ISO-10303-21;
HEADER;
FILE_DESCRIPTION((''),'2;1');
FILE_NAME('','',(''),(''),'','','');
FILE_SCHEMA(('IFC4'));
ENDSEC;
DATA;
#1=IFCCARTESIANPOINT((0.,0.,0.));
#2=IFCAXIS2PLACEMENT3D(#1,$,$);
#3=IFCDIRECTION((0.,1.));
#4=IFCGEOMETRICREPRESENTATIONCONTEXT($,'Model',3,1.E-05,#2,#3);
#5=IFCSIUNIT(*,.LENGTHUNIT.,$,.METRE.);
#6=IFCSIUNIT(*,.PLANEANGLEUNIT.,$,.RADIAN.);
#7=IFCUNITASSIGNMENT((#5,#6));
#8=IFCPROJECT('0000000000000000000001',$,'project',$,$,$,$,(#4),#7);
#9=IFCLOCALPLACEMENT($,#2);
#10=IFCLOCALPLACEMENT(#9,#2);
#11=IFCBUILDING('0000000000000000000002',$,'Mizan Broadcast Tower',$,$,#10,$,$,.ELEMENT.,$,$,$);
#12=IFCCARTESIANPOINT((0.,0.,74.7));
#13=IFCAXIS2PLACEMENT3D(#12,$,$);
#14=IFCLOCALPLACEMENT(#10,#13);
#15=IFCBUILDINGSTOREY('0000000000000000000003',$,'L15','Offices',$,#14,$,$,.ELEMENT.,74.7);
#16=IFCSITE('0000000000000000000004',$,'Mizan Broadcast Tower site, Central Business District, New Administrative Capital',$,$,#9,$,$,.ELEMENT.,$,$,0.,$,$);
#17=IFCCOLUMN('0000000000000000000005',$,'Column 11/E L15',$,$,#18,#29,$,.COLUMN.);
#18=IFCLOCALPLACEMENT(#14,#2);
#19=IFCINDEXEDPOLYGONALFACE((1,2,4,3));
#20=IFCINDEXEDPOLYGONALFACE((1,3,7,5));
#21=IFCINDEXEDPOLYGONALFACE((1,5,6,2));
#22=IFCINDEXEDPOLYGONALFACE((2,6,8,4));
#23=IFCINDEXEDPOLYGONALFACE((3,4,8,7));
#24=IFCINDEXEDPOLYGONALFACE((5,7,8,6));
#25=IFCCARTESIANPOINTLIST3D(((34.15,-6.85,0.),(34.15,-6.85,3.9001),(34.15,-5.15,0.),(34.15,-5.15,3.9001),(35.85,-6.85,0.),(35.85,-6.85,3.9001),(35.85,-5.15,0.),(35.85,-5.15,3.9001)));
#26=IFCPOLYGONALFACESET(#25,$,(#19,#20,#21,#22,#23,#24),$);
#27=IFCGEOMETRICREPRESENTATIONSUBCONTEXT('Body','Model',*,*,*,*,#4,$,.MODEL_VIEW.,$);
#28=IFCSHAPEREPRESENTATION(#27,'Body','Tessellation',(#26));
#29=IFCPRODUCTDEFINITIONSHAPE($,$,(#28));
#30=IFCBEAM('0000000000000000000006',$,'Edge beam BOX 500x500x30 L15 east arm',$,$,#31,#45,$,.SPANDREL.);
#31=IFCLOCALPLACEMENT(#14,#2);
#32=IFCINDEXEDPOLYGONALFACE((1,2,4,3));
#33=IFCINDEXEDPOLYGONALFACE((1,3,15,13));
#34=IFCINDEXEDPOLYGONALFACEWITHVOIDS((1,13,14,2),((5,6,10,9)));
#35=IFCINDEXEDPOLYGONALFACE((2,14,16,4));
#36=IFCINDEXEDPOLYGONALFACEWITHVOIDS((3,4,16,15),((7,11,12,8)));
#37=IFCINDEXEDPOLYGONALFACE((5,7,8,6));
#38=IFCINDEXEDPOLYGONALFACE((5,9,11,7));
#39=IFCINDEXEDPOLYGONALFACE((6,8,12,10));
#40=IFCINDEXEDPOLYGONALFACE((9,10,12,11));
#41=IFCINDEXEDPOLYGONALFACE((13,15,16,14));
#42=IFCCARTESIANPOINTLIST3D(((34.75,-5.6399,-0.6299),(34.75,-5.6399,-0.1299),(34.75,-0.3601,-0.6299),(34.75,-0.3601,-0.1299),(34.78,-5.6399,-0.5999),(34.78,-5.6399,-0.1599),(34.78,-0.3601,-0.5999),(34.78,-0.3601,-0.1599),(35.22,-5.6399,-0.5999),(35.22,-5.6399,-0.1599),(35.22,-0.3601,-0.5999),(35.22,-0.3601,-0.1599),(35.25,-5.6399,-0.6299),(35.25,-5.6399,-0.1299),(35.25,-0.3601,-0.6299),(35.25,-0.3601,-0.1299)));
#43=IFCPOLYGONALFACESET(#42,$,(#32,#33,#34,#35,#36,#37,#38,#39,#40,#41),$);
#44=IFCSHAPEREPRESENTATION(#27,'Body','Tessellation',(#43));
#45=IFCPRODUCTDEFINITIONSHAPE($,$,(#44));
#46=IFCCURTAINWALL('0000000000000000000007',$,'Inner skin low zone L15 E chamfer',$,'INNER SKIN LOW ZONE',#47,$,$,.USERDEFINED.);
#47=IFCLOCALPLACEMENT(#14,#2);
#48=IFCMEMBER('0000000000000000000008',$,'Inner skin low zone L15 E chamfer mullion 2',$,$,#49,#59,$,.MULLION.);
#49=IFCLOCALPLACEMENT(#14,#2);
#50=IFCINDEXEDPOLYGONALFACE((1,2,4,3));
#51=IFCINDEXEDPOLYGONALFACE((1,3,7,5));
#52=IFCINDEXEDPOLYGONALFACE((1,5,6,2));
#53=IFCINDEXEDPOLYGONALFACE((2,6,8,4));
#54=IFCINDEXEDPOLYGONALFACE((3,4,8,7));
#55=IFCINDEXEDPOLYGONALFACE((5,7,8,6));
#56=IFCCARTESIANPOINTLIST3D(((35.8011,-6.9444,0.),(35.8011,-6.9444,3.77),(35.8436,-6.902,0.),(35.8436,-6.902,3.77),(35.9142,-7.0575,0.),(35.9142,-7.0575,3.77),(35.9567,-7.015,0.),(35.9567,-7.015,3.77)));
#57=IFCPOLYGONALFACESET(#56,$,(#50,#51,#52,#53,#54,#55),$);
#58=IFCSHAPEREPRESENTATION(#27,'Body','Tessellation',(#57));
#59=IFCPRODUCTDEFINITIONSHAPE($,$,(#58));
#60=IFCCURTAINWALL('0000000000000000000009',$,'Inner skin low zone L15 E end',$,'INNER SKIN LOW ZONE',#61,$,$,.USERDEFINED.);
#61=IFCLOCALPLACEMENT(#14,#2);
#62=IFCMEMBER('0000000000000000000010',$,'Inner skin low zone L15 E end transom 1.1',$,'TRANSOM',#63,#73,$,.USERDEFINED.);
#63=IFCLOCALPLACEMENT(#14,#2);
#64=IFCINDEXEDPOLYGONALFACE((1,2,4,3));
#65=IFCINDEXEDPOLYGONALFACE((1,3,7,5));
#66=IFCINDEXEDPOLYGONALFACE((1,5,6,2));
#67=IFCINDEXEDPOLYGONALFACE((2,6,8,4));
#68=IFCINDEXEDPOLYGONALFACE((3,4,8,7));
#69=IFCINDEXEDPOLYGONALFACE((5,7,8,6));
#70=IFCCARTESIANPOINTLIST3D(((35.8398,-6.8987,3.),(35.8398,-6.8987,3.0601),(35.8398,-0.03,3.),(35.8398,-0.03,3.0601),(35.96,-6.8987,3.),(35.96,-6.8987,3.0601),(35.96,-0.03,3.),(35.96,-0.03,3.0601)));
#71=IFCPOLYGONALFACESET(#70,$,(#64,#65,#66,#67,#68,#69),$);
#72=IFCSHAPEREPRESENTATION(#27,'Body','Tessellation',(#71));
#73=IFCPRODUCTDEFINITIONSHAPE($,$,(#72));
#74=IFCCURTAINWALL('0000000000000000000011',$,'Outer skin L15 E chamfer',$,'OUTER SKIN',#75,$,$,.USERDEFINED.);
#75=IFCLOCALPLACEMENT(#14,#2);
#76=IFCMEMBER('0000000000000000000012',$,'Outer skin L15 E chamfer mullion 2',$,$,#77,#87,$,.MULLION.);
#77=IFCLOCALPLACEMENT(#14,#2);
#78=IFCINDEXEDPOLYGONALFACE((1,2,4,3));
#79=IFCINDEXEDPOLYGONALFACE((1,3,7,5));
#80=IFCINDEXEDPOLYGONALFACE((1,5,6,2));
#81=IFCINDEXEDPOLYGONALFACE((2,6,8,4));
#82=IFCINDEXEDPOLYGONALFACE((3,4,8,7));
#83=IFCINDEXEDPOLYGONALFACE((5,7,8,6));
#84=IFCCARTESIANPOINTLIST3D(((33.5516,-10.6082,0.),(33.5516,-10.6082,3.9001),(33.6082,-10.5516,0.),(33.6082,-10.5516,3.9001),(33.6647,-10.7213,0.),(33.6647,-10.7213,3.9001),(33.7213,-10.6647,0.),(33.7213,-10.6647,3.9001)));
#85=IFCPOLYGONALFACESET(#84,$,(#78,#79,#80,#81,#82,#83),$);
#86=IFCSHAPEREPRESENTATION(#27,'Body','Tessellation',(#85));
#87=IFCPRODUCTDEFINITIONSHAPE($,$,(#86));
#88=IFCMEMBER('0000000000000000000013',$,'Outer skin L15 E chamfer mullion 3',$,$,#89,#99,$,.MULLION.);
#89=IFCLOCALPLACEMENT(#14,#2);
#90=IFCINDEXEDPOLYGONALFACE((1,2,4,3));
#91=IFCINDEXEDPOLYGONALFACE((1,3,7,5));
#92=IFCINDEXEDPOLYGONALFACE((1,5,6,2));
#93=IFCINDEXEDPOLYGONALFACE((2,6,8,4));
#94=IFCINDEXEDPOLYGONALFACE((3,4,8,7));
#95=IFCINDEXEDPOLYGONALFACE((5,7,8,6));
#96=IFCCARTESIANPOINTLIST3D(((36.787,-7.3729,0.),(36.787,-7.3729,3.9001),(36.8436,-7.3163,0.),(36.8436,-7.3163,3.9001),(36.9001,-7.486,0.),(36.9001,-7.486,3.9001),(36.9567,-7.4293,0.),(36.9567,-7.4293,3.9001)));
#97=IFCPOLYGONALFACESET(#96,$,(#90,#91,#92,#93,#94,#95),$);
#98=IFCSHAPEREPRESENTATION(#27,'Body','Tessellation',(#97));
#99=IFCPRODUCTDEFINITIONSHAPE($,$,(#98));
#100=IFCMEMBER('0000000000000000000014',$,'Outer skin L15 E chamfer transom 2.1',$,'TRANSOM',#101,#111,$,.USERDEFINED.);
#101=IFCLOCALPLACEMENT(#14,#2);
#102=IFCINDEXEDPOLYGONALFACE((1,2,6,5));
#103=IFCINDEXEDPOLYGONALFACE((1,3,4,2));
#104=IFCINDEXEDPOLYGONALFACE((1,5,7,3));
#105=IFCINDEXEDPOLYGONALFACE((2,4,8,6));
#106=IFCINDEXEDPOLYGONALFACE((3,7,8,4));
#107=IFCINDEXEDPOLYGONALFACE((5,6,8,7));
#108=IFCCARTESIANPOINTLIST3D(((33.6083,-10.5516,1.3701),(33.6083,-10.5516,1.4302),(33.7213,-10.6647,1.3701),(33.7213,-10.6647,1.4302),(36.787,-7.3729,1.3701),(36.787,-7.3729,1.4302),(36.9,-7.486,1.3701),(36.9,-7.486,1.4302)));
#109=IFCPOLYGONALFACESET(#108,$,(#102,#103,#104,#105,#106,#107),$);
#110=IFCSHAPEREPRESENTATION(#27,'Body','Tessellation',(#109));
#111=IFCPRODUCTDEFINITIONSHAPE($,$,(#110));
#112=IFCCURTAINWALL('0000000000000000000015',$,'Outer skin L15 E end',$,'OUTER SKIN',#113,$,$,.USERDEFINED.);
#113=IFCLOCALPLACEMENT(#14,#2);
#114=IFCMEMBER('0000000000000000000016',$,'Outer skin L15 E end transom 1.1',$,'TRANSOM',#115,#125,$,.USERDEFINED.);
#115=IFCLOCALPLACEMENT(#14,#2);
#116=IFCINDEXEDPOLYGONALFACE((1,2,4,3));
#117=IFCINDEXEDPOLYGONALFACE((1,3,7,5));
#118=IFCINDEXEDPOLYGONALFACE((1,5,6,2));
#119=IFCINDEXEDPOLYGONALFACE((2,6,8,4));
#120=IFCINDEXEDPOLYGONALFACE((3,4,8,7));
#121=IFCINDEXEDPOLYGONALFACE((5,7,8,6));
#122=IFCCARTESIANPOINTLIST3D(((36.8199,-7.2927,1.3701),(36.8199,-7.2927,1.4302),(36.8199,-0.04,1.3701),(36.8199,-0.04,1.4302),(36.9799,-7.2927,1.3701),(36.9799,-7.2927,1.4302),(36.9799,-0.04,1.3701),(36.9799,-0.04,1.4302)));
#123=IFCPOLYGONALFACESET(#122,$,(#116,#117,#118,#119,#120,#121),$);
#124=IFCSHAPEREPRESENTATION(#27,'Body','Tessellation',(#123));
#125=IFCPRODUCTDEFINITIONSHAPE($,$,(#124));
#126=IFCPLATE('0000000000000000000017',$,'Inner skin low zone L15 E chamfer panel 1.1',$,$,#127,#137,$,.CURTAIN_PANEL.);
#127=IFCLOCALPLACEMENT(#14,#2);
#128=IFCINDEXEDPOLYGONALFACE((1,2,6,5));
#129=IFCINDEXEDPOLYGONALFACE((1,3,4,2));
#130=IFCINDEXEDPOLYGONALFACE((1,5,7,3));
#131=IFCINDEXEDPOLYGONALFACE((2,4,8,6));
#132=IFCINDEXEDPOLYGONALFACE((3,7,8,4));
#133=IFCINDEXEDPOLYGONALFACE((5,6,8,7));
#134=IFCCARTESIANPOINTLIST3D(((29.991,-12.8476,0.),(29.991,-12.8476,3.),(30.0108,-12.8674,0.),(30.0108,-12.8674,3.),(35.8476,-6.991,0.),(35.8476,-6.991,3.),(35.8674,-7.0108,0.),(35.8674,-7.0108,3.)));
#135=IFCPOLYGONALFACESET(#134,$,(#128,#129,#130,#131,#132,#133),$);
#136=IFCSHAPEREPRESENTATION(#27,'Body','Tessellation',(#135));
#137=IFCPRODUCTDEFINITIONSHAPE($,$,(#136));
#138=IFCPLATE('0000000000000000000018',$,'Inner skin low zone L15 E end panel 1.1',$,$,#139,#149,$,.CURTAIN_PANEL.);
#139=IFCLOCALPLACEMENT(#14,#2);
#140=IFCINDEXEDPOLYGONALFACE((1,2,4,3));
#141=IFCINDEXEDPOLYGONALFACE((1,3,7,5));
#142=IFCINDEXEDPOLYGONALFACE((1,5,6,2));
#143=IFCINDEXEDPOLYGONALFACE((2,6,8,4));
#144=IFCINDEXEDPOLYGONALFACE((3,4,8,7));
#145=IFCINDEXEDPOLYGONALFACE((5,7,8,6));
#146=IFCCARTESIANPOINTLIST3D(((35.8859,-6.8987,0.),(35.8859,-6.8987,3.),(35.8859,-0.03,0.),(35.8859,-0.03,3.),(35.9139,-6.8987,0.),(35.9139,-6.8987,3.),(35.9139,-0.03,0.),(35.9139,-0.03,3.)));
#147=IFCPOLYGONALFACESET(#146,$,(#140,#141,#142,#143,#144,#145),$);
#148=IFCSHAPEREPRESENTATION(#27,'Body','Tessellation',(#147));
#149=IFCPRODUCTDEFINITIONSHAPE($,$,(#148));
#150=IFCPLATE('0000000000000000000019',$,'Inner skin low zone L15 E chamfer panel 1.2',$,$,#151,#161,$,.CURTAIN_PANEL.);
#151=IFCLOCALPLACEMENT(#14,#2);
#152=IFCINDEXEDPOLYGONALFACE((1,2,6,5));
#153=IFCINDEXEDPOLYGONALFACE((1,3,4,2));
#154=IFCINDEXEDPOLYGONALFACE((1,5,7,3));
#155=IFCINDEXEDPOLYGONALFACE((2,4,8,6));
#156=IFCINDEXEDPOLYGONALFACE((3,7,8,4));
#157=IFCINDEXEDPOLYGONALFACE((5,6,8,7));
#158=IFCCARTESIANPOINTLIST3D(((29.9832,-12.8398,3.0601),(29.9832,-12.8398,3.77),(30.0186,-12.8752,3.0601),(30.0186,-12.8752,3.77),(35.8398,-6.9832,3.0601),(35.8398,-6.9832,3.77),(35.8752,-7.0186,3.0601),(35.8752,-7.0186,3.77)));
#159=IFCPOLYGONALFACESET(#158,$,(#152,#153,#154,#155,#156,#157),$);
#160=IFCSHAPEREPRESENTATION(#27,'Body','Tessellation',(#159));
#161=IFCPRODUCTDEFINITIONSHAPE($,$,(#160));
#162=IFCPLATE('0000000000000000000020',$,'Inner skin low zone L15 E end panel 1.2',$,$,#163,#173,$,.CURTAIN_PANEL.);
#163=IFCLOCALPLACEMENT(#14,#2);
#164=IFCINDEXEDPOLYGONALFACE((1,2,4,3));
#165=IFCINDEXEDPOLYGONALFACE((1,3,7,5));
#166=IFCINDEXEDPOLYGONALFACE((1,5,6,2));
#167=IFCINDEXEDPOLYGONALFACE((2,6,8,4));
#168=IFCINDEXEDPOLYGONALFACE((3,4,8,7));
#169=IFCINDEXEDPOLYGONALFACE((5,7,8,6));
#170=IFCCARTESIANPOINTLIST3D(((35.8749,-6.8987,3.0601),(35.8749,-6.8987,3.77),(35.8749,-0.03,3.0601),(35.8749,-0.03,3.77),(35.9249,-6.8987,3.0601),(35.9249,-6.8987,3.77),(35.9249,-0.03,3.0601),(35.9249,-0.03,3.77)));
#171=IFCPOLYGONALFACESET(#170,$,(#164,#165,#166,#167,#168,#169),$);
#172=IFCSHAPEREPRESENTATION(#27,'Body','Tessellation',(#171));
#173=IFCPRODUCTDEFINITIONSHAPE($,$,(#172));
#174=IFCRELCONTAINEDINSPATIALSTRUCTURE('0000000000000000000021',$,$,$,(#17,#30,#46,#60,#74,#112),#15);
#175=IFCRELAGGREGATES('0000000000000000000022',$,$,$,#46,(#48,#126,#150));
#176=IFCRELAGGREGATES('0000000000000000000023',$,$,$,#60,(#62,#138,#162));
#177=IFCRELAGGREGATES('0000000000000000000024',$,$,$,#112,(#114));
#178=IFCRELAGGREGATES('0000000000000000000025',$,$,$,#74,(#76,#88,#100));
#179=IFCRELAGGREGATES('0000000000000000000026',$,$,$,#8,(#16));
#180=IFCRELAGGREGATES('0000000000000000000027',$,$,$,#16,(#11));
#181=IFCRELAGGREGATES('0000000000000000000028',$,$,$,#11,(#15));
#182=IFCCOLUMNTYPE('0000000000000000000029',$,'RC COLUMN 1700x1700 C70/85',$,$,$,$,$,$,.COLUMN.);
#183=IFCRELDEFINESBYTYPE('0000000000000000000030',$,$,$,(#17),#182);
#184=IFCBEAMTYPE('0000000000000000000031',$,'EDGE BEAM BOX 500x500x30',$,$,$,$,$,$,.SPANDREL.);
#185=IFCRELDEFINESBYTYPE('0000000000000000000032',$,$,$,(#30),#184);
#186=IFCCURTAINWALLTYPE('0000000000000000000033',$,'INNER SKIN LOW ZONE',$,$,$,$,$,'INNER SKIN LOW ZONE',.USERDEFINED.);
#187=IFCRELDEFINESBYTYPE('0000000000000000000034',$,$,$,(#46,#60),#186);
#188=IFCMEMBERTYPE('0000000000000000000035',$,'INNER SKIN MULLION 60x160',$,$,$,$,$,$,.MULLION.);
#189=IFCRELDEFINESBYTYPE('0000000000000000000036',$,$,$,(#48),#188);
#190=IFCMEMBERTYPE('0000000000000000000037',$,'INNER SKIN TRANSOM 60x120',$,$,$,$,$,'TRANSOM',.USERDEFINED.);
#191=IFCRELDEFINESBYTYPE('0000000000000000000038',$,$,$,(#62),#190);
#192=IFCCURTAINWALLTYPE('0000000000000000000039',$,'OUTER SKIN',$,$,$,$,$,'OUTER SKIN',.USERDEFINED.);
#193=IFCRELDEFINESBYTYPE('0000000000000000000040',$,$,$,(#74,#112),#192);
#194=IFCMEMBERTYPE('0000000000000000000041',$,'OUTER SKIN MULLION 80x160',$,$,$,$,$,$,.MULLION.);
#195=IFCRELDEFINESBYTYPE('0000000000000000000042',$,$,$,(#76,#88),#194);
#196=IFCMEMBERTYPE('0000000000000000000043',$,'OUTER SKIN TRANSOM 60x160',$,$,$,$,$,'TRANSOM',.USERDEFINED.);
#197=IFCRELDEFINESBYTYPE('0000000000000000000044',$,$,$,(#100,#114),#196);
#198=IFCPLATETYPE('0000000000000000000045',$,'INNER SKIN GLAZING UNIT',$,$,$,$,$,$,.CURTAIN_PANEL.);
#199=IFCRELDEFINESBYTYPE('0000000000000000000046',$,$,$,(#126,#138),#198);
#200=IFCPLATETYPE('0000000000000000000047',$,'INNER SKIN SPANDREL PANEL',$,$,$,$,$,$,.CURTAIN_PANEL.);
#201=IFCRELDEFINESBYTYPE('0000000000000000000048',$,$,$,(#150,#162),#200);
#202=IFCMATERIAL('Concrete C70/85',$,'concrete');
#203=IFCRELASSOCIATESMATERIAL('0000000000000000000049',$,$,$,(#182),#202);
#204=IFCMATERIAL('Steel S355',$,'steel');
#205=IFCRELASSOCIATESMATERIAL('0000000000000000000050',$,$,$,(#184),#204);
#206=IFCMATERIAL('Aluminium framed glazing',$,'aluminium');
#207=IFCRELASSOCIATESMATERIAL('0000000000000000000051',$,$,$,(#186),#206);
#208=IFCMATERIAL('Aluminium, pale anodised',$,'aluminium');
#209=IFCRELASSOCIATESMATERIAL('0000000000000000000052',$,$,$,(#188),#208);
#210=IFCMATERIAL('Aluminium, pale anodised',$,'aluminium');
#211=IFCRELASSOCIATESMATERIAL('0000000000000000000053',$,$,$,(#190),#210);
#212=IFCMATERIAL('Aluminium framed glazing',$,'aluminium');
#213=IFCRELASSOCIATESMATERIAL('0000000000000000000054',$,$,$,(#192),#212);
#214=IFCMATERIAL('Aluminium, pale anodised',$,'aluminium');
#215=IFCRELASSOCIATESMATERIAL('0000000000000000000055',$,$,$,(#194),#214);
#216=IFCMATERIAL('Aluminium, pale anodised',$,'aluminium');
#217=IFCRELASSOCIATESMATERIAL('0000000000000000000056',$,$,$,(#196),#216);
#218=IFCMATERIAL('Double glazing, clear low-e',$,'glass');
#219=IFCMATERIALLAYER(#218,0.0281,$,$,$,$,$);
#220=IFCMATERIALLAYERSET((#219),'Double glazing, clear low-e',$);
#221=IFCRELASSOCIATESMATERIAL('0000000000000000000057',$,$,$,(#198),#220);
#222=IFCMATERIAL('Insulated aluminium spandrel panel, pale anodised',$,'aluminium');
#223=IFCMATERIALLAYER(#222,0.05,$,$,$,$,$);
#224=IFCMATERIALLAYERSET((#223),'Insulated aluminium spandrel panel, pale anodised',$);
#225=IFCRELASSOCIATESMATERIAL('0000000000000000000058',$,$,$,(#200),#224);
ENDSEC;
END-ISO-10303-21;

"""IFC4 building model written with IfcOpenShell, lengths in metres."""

from ifc_helpers import new_model, si_unit, direction, frame, origin, origin_2d, place, context, subcontext, project, spatial, rectangle, hollow_rectangle, extrude, material, layer, layer_set, material_profile, profile_set, type_object, element, aggregate, save


model = new_model("IFC4")

# Units and contexts
model_context = context("Model", 3, precision=1e-05, world=origin(), true_north=direction((0.0, 1.0)))
body_context = subcontext(model_context, "Body", "Model", "MODEL_VIEW")
ifc_project = project(units=[si_unit("LENGTHUNIT", "METRE"), si_unit("PLANEANGLEUNIT", "RADIAN")], contexts=[model_context])

# Site, building, storey
site_placement = place(None, origin())
site = spatial("IfcSite", under=ifc_project, at=site_placement, Name="Mizan Broadcast Tower site, Central Business District, New Administrative Capital", CompositionType="ELEMENT", RefElevation=0.0)
building_placement = place(site_placement, origin())
building = spatial("IfcBuilding", under=site, at=building_placement, Name="Mizan Broadcast Tower", CompositionType="ELEMENT")
storey_placement = place(building_placement, frame((0.0, 0.0, 74.7)))
storey = spatial("IfcBuildingStorey", under=building, at=storey_placement, Name="L15", Description="Offices", CompositionType="ELEMENT", Elevation=74.7)

# Column
ifc_material_1 = material(Name="Concrete C70/85", Category="concrete")
ifc_material_profile_1 = material_profile(ifc_material_1, rectangle(XDim=1.7, YDim=1.7, at=origin_2d()), Name="RC 1700x1700")
ifc_profile_set_1 = profile_set([ifc_material_profile_1], Name="Concrete C70/85")
column_type = type_object("IfcColumnType", Name="RC COLUMN 1700x1700 C70/85", PredefinedType="COLUMN", material=ifc_profile_set_1)
column_placement = place(storey_placement, frame((35.0, -6.0, 0.0), z_axis=(0.0, 0.0, 1.0), x_axis=(1.0, 0.0, 0.0)))
element("IfcColumn", 1, at=column_placement, inside=storey, type_object=column_type, Name="Column 11/E L15", PredefinedType="COLUMN", context=body_context, shape_type="SweptSolid", body=[
    extrude(rectangle(XDim=1.7, YDim=1.7, at=origin_2d()), origin(), (0.0, 0.0, 1.0), 3.9001),
])

# Beam
ifc_material_2 = material(Name="Steel S355", Category="steel")
ifc_material_profile_2 = material_profile(ifc_material_2, hollow_rectangle(XDim=0.5, YDim=0.5, WallThickness=0.03, at=origin_2d()), Name="BOX 500x500x30")
ifc_profile_set_2 = profile_set([ifc_material_profile_2], Name="Steel S355")
beam_type = type_object("IfcBeamType", Name="EDGE BEAM BOX 500x500x30", PredefinedType="SPANDREL", material=ifc_profile_set_2)
beam_placement = place(storey_placement, frame((35.0, -5.6399, -0.3799), z_axis=(0.0, 1.0, 0.0), x_axis=(-1.0, 0.0, 0.0)))
element("IfcBeam", 2, at=beam_placement, inside=storey, type_object=beam_type, Name="Edge beam BOX 500x500x30 L15 east arm", PredefinedType="SPANDREL", context=body_context, shape_type="SweptSolid", body=[
    extrude(hollow_rectangle(XDim=0.5, YDim=0.5, WallThickness=0.03, at=origin_2d()), origin(), (0.0, 0.0, 1.0), 5.2798),
])

# Curtain walls, members
ifc_material_3 = material(Name="Aluminium framed glazing", Category="aluminium")
curtain_wall_type_1 = type_object("IfcCurtainWallType", Name="INNER SKIN LOW ZONE", ElementType="INNER SKIN LOW ZONE", PredefinedType="USERDEFINED", material=ifc_material_3)
curtain_wall_1_placement = place(storey_placement, origin())
curtain_wall_1 = element("IfcCurtainWall", 3, at=curtain_wall_1_placement, inside=storey, type_object=curtain_wall_type_1, Name="Inner skin low zone L15 E chamfer", ObjectType="INNER SKIN LOW ZONE", PredefinedType="USERDEFINED")
ifc_material_4 = material(Name="Aluminium, pale anodised", Category="aluminium")
ifc_material_profile_3 = material_profile(ifc_material_4, rectangle(XDim=0.1599, YDim=0.0601, at=origin_2d()), Name="MULLION 160x60")
ifc_profile_set_3 = profile_set([ifc_material_profile_3], Name="Aluminium, pale anodised")
member_type_1 = type_object("IfcMemberType", Name="INNER SKIN MULLION 60x160", PredefinedType="MULLION", material=ifc_profile_set_3)
member_1_placement = place(storey_placement, frame((35.8789, -6.9797, 0.0), z_axis=(0.0, 0.0, 1.0), x_axis=(-0.707107, 0.707107, 0.0)))
member_1 = element("IfcMember", 4, at=member_1_placement, type_object=member_type_1, Name="Inner skin low zone L15 E chamfer mullion 2", PredefinedType="MULLION", context=body_context, shape_type="SweptSolid", body=[
    extrude(rectangle(XDim=0.1599, YDim=0.0601, at=origin_2d()), origin(), (0.0, 0.0, 1.0), 3.77),
])
curtain_wall_2_placement = place(storey_placement, origin())
curtain_wall_2 = element("IfcCurtainWall", 5, at=curtain_wall_2_placement, inside=storey, type_object=curtain_wall_type_1, Name="Inner skin low zone L15 E end", ObjectType="INNER SKIN LOW ZONE", PredefinedType="USERDEFINED")
ifc_material_5 = material(Name="Aluminium, pale anodised", Category="aluminium")
ifc_material_profile_4 = material_profile(ifc_material_5, rectangle(XDim=0.1201, YDim=0.0601, at=origin_2d()), Name="TRANSOM 120x60")
ifc_profile_set_4 = profile_set([ifc_material_profile_4], Name="Aluminium, pale anodised")
member_type_2 = type_object("IfcMemberType", Name="INNER SKIN TRANSOM 60x120", ElementType="TRANSOM", PredefinedType="USERDEFINED", material=ifc_profile_set_4)
member_2_placement = place(storey_placement, frame((35.8999, -6.8987, 3.03), z_axis=(0.0, 1.0, 0.0), x_axis=(-1.0, 0.0, 0.0)))
member_2 = element("IfcMember", 6, at=member_2_placement, type_object=member_type_2, Name="Inner skin low zone L15 E end transom 1.1", ObjectType="TRANSOM", PredefinedType="USERDEFINED", context=body_context, shape_type="SweptSolid", body=[
    extrude(rectangle(XDim=0.1201, YDim=0.0601, at=origin_2d()), origin(), (0.0, 0.0, 1.0), 6.8687),
])

# Curtain wall, members
ifc_material_6 = material(Name="Aluminium framed glazing", Category="aluminium")
curtain_wall_type_2 = type_object("IfcCurtainWallType", Name="OUTER SKIN", ElementType="OUTER SKIN", PredefinedType="USERDEFINED", material=ifc_material_6)
curtain_wall_3_placement = place(storey_placement, origin())
curtain_wall_3 = element("IfcCurtainWall", 7, at=curtain_wall_3_placement, inside=storey, type_object=curtain_wall_type_2, Name="Outer skin L15 E chamfer", ObjectType="OUTER SKIN", PredefinedType="USERDEFINED")
ifc_material_7 = material(Name="Aluminium, pale anodised", Category="aluminium")
ifc_material_profile_5 = material_profile(ifc_material_7, rectangle(XDim=0.1599, YDim=0.0801, at=origin_2d()), Name="MULLION 160x80")
ifc_profile_set_5 = profile_set([ifc_material_profile_5], Name="Aluminium, pale anodised")
member_type_3 = type_object("IfcMemberType", Name="OUTER SKIN MULLION 80x160", PredefinedType="MULLION", material=ifc_profile_set_5)
member_3_placement = place(storey_placement, frame((33.6365, -10.6365, 0.0), z_axis=(0.0, 0.0, 1.0), x_axis=(-0.707107, 0.707107, 0.0)))
member_3 = element("IfcMember", 8, at=member_3_placement, type_object=member_type_3, Name="Outer skin L15 E chamfer mullion 2", PredefinedType="MULLION", context=body_context, shape_type="SweptSolid", body=[
    extrude(rectangle(XDim=0.1599, YDim=0.0801, at=origin_2d()), origin(), (0.0, 0.0, 1.0), 3.9001),
])
member_4_placement = place(storey_placement, frame((36.8718, -7.4011, 0.0), z_axis=(0.0, 0.0, 1.0), x_axis=(-0.707107, 0.707107, 0.0)))
member_4 = element("IfcMember", 9, at=member_4_placement, type_object=member_type_3, Name="Outer skin L15 E chamfer mullion 3", PredefinedType="MULLION", context=body_context, shape_type="SweptSolid", body=[
    extrude(rectangle(XDim=0.1599, YDim=0.0801, at=origin_2d()), origin(), (0.0, 0.0, 1.0), 3.9001),
])
ifc_material_8 = material(Name="Aluminium, pale anodised", Category="aluminium")
ifc_material_profile_6 = material_profile(ifc_material_8, rectangle(XDim=0.1599, YDim=0.0601, at=origin_2d()), Name="TRANSOM 160x60")
ifc_profile_set_6 = profile_set([ifc_material_profile_6], Name="Aluminium, pale anodised")
member_type_4 = type_object("IfcMemberType", Name="OUTER SKIN TRANSOM 60x160", ElementType="TRANSOM", PredefinedType="USERDEFINED", material=ifc_profile_set_6)
member_5_placement = place(storey_placement, frame((33.6648, -10.6082, 1.4001), z_axis=(0.707107, 0.707107, 0.0), x_axis=(-0.707107, 0.707107, 0.0)))
member_5 = element("IfcMember", 10, at=member_5_placement, type_object=member_type_4, Name="Outer skin L15 E chamfer transom 2.1", ObjectType="TRANSOM", PredefinedType="USERDEFINED", context=body_context, shape_type="SweptSolid", body=[
    extrude(rectangle(XDim=0.1599, YDim=0.0601, at=origin_2d()), origin(), (0.0, 0.0, 1.0), 4.4954),
])

# Curtain wall, member
curtain_wall_4_placement = place(storey_placement, origin())
curtain_wall_4 = element("IfcCurtainWall", 11, at=curtain_wall_4_placement, inside=storey, type_object=curtain_wall_type_2, Name="Outer skin L15 E end", ObjectType="OUTER SKIN", PredefinedType="USERDEFINED")
member_6_placement = place(storey_placement, frame((36.8999, -7.2927, 1.4001), z_axis=(0.0, 1.0, 0.0), x_axis=(-1.0, 0.0, 0.0)))
member_6 = element("IfcMember", 12, at=member_6_placement, type_object=member_type_4, Name="Outer skin L15 E end transom 1.1", ObjectType="TRANSOM", PredefinedType="USERDEFINED", context=body_context, shape_type="SweptSolid", body=[
    extrude(rectangle(XDim=0.1599, YDim=0.0601, at=origin_2d()), origin(), (0.0, 0.0, 1.0), 7.2527),
])

# Plates
ifc_material_9 = material(Name="Double glazing, clear low-e", Category="glass")
ifc_layer_1 = layer(ifc_material_9, 0.0281)
ifc_layer_set_1 = layer_set([ifc_layer_1], Name="Double glazing, clear low-e")
plate_type_1 = type_object("IfcPlateType", Name="INNER SKIN GLAZING UNIT", PredefinedType="CURTAIN_PANEL", material=ifc_layer_set_1)
plate_1_placement = place(storey_placement, frame((32.9292, -9.9292, 0.0), z_axis=(0.0, 0.0, 1.0), x_axis=(0.707107, 0.707107, 0.0)))
plate_1 = element("IfcPlate", 13, at=plate_1_placement, type_object=plate_type_1, Name="Inner skin low zone L15 E chamfer panel 1.1", PredefinedType="CURTAIN_PANEL", context=body_context, shape_type="SweptSolid", body=[
    extrude(rectangle(XDim=8.2825, YDim=0.0281, at=origin_2d()), origin(), (0.0, 0.0, 1.0), 3.0),
])
plate_2_placement = place(storey_placement, frame((35.8999, -3.4644, 0.0), z_axis=(0.0, 0.0, 1.0), x_axis=(0.0, 1.0, 0.0)))
plate_2 = element("IfcPlate", 14, at=plate_2_placement, type_object=plate_type_1, Name="Inner skin low zone L15 E end panel 1.1", PredefinedType="CURTAIN_PANEL", context=body_context, shape_type="SweptSolid", body=[
    extrude(rectangle(XDim=6.8687, YDim=0.0281, at=origin_2d()), origin(), (0.0, 0.0, 1.0), 3.0),
])
ifc_material_10 = material(Name="Insulated aluminium spandrel panel, pale anodised", Category="aluminium")
ifc_layer_2 = layer(ifc_material_10, 0.05)
ifc_layer_set_2 = layer_set([ifc_layer_2], Name="Insulated aluminium spandrel panel, pale anodised")
plate_type_2 = type_object("IfcPlateType", Name="INNER SKIN SPANDREL PANEL", PredefinedType="CURTAIN_PANEL", material=ifc_layer_set_2)
plate_3_placement = place(storey_placement, frame((32.9292, -9.9292, 3.0601), z_axis=(0.0, 0.0, 1.0), x_axis=(0.707107, 0.707107, 0.0)))
plate_3 = element("IfcPlate", 15, at=plate_3_placement, type_object=plate_type_2, Name="Inner skin low zone L15 E chamfer panel 1.2", PredefinedType="CURTAIN_PANEL", context=body_context, shape_type="SweptSolid", body=[
    extrude(rectangle(XDim=8.2825, YDim=0.05, at=origin_2d()), origin(), (0.0, 0.0, 1.0), 0.71),
])
aggregate(curtain_wall_1, [member_1, plate_1, plate_3])
plate_4_placement = place(storey_placement, frame((35.8999, -3.4644, 3.0601), z_axis=(0.0, 0.0, 1.0), x_axis=(0.0, 1.0, 0.0)))
plate_4 = element("IfcPlate", 16, at=plate_4_placement, type_object=plate_type_2, Name="Inner skin low zone L15 E end panel 1.2", PredefinedType="CURTAIN_PANEL", context=body_context, shape_type="SweptSolid", body=[
    extrude(rectangle(XDim=6.8687, YDim=0.05, at=origin_2d()), origin(), (0.0, 0.0, 1.0), 0.71),
])
aggregate(curtain_wall_2, [member_2, plate_2, plate_4])
aggregate(curtain_wall_4, [member_6])
aggregate(curtain_wall_3, [member_3, member_4, member_5])

save(model, "model.ifc")
